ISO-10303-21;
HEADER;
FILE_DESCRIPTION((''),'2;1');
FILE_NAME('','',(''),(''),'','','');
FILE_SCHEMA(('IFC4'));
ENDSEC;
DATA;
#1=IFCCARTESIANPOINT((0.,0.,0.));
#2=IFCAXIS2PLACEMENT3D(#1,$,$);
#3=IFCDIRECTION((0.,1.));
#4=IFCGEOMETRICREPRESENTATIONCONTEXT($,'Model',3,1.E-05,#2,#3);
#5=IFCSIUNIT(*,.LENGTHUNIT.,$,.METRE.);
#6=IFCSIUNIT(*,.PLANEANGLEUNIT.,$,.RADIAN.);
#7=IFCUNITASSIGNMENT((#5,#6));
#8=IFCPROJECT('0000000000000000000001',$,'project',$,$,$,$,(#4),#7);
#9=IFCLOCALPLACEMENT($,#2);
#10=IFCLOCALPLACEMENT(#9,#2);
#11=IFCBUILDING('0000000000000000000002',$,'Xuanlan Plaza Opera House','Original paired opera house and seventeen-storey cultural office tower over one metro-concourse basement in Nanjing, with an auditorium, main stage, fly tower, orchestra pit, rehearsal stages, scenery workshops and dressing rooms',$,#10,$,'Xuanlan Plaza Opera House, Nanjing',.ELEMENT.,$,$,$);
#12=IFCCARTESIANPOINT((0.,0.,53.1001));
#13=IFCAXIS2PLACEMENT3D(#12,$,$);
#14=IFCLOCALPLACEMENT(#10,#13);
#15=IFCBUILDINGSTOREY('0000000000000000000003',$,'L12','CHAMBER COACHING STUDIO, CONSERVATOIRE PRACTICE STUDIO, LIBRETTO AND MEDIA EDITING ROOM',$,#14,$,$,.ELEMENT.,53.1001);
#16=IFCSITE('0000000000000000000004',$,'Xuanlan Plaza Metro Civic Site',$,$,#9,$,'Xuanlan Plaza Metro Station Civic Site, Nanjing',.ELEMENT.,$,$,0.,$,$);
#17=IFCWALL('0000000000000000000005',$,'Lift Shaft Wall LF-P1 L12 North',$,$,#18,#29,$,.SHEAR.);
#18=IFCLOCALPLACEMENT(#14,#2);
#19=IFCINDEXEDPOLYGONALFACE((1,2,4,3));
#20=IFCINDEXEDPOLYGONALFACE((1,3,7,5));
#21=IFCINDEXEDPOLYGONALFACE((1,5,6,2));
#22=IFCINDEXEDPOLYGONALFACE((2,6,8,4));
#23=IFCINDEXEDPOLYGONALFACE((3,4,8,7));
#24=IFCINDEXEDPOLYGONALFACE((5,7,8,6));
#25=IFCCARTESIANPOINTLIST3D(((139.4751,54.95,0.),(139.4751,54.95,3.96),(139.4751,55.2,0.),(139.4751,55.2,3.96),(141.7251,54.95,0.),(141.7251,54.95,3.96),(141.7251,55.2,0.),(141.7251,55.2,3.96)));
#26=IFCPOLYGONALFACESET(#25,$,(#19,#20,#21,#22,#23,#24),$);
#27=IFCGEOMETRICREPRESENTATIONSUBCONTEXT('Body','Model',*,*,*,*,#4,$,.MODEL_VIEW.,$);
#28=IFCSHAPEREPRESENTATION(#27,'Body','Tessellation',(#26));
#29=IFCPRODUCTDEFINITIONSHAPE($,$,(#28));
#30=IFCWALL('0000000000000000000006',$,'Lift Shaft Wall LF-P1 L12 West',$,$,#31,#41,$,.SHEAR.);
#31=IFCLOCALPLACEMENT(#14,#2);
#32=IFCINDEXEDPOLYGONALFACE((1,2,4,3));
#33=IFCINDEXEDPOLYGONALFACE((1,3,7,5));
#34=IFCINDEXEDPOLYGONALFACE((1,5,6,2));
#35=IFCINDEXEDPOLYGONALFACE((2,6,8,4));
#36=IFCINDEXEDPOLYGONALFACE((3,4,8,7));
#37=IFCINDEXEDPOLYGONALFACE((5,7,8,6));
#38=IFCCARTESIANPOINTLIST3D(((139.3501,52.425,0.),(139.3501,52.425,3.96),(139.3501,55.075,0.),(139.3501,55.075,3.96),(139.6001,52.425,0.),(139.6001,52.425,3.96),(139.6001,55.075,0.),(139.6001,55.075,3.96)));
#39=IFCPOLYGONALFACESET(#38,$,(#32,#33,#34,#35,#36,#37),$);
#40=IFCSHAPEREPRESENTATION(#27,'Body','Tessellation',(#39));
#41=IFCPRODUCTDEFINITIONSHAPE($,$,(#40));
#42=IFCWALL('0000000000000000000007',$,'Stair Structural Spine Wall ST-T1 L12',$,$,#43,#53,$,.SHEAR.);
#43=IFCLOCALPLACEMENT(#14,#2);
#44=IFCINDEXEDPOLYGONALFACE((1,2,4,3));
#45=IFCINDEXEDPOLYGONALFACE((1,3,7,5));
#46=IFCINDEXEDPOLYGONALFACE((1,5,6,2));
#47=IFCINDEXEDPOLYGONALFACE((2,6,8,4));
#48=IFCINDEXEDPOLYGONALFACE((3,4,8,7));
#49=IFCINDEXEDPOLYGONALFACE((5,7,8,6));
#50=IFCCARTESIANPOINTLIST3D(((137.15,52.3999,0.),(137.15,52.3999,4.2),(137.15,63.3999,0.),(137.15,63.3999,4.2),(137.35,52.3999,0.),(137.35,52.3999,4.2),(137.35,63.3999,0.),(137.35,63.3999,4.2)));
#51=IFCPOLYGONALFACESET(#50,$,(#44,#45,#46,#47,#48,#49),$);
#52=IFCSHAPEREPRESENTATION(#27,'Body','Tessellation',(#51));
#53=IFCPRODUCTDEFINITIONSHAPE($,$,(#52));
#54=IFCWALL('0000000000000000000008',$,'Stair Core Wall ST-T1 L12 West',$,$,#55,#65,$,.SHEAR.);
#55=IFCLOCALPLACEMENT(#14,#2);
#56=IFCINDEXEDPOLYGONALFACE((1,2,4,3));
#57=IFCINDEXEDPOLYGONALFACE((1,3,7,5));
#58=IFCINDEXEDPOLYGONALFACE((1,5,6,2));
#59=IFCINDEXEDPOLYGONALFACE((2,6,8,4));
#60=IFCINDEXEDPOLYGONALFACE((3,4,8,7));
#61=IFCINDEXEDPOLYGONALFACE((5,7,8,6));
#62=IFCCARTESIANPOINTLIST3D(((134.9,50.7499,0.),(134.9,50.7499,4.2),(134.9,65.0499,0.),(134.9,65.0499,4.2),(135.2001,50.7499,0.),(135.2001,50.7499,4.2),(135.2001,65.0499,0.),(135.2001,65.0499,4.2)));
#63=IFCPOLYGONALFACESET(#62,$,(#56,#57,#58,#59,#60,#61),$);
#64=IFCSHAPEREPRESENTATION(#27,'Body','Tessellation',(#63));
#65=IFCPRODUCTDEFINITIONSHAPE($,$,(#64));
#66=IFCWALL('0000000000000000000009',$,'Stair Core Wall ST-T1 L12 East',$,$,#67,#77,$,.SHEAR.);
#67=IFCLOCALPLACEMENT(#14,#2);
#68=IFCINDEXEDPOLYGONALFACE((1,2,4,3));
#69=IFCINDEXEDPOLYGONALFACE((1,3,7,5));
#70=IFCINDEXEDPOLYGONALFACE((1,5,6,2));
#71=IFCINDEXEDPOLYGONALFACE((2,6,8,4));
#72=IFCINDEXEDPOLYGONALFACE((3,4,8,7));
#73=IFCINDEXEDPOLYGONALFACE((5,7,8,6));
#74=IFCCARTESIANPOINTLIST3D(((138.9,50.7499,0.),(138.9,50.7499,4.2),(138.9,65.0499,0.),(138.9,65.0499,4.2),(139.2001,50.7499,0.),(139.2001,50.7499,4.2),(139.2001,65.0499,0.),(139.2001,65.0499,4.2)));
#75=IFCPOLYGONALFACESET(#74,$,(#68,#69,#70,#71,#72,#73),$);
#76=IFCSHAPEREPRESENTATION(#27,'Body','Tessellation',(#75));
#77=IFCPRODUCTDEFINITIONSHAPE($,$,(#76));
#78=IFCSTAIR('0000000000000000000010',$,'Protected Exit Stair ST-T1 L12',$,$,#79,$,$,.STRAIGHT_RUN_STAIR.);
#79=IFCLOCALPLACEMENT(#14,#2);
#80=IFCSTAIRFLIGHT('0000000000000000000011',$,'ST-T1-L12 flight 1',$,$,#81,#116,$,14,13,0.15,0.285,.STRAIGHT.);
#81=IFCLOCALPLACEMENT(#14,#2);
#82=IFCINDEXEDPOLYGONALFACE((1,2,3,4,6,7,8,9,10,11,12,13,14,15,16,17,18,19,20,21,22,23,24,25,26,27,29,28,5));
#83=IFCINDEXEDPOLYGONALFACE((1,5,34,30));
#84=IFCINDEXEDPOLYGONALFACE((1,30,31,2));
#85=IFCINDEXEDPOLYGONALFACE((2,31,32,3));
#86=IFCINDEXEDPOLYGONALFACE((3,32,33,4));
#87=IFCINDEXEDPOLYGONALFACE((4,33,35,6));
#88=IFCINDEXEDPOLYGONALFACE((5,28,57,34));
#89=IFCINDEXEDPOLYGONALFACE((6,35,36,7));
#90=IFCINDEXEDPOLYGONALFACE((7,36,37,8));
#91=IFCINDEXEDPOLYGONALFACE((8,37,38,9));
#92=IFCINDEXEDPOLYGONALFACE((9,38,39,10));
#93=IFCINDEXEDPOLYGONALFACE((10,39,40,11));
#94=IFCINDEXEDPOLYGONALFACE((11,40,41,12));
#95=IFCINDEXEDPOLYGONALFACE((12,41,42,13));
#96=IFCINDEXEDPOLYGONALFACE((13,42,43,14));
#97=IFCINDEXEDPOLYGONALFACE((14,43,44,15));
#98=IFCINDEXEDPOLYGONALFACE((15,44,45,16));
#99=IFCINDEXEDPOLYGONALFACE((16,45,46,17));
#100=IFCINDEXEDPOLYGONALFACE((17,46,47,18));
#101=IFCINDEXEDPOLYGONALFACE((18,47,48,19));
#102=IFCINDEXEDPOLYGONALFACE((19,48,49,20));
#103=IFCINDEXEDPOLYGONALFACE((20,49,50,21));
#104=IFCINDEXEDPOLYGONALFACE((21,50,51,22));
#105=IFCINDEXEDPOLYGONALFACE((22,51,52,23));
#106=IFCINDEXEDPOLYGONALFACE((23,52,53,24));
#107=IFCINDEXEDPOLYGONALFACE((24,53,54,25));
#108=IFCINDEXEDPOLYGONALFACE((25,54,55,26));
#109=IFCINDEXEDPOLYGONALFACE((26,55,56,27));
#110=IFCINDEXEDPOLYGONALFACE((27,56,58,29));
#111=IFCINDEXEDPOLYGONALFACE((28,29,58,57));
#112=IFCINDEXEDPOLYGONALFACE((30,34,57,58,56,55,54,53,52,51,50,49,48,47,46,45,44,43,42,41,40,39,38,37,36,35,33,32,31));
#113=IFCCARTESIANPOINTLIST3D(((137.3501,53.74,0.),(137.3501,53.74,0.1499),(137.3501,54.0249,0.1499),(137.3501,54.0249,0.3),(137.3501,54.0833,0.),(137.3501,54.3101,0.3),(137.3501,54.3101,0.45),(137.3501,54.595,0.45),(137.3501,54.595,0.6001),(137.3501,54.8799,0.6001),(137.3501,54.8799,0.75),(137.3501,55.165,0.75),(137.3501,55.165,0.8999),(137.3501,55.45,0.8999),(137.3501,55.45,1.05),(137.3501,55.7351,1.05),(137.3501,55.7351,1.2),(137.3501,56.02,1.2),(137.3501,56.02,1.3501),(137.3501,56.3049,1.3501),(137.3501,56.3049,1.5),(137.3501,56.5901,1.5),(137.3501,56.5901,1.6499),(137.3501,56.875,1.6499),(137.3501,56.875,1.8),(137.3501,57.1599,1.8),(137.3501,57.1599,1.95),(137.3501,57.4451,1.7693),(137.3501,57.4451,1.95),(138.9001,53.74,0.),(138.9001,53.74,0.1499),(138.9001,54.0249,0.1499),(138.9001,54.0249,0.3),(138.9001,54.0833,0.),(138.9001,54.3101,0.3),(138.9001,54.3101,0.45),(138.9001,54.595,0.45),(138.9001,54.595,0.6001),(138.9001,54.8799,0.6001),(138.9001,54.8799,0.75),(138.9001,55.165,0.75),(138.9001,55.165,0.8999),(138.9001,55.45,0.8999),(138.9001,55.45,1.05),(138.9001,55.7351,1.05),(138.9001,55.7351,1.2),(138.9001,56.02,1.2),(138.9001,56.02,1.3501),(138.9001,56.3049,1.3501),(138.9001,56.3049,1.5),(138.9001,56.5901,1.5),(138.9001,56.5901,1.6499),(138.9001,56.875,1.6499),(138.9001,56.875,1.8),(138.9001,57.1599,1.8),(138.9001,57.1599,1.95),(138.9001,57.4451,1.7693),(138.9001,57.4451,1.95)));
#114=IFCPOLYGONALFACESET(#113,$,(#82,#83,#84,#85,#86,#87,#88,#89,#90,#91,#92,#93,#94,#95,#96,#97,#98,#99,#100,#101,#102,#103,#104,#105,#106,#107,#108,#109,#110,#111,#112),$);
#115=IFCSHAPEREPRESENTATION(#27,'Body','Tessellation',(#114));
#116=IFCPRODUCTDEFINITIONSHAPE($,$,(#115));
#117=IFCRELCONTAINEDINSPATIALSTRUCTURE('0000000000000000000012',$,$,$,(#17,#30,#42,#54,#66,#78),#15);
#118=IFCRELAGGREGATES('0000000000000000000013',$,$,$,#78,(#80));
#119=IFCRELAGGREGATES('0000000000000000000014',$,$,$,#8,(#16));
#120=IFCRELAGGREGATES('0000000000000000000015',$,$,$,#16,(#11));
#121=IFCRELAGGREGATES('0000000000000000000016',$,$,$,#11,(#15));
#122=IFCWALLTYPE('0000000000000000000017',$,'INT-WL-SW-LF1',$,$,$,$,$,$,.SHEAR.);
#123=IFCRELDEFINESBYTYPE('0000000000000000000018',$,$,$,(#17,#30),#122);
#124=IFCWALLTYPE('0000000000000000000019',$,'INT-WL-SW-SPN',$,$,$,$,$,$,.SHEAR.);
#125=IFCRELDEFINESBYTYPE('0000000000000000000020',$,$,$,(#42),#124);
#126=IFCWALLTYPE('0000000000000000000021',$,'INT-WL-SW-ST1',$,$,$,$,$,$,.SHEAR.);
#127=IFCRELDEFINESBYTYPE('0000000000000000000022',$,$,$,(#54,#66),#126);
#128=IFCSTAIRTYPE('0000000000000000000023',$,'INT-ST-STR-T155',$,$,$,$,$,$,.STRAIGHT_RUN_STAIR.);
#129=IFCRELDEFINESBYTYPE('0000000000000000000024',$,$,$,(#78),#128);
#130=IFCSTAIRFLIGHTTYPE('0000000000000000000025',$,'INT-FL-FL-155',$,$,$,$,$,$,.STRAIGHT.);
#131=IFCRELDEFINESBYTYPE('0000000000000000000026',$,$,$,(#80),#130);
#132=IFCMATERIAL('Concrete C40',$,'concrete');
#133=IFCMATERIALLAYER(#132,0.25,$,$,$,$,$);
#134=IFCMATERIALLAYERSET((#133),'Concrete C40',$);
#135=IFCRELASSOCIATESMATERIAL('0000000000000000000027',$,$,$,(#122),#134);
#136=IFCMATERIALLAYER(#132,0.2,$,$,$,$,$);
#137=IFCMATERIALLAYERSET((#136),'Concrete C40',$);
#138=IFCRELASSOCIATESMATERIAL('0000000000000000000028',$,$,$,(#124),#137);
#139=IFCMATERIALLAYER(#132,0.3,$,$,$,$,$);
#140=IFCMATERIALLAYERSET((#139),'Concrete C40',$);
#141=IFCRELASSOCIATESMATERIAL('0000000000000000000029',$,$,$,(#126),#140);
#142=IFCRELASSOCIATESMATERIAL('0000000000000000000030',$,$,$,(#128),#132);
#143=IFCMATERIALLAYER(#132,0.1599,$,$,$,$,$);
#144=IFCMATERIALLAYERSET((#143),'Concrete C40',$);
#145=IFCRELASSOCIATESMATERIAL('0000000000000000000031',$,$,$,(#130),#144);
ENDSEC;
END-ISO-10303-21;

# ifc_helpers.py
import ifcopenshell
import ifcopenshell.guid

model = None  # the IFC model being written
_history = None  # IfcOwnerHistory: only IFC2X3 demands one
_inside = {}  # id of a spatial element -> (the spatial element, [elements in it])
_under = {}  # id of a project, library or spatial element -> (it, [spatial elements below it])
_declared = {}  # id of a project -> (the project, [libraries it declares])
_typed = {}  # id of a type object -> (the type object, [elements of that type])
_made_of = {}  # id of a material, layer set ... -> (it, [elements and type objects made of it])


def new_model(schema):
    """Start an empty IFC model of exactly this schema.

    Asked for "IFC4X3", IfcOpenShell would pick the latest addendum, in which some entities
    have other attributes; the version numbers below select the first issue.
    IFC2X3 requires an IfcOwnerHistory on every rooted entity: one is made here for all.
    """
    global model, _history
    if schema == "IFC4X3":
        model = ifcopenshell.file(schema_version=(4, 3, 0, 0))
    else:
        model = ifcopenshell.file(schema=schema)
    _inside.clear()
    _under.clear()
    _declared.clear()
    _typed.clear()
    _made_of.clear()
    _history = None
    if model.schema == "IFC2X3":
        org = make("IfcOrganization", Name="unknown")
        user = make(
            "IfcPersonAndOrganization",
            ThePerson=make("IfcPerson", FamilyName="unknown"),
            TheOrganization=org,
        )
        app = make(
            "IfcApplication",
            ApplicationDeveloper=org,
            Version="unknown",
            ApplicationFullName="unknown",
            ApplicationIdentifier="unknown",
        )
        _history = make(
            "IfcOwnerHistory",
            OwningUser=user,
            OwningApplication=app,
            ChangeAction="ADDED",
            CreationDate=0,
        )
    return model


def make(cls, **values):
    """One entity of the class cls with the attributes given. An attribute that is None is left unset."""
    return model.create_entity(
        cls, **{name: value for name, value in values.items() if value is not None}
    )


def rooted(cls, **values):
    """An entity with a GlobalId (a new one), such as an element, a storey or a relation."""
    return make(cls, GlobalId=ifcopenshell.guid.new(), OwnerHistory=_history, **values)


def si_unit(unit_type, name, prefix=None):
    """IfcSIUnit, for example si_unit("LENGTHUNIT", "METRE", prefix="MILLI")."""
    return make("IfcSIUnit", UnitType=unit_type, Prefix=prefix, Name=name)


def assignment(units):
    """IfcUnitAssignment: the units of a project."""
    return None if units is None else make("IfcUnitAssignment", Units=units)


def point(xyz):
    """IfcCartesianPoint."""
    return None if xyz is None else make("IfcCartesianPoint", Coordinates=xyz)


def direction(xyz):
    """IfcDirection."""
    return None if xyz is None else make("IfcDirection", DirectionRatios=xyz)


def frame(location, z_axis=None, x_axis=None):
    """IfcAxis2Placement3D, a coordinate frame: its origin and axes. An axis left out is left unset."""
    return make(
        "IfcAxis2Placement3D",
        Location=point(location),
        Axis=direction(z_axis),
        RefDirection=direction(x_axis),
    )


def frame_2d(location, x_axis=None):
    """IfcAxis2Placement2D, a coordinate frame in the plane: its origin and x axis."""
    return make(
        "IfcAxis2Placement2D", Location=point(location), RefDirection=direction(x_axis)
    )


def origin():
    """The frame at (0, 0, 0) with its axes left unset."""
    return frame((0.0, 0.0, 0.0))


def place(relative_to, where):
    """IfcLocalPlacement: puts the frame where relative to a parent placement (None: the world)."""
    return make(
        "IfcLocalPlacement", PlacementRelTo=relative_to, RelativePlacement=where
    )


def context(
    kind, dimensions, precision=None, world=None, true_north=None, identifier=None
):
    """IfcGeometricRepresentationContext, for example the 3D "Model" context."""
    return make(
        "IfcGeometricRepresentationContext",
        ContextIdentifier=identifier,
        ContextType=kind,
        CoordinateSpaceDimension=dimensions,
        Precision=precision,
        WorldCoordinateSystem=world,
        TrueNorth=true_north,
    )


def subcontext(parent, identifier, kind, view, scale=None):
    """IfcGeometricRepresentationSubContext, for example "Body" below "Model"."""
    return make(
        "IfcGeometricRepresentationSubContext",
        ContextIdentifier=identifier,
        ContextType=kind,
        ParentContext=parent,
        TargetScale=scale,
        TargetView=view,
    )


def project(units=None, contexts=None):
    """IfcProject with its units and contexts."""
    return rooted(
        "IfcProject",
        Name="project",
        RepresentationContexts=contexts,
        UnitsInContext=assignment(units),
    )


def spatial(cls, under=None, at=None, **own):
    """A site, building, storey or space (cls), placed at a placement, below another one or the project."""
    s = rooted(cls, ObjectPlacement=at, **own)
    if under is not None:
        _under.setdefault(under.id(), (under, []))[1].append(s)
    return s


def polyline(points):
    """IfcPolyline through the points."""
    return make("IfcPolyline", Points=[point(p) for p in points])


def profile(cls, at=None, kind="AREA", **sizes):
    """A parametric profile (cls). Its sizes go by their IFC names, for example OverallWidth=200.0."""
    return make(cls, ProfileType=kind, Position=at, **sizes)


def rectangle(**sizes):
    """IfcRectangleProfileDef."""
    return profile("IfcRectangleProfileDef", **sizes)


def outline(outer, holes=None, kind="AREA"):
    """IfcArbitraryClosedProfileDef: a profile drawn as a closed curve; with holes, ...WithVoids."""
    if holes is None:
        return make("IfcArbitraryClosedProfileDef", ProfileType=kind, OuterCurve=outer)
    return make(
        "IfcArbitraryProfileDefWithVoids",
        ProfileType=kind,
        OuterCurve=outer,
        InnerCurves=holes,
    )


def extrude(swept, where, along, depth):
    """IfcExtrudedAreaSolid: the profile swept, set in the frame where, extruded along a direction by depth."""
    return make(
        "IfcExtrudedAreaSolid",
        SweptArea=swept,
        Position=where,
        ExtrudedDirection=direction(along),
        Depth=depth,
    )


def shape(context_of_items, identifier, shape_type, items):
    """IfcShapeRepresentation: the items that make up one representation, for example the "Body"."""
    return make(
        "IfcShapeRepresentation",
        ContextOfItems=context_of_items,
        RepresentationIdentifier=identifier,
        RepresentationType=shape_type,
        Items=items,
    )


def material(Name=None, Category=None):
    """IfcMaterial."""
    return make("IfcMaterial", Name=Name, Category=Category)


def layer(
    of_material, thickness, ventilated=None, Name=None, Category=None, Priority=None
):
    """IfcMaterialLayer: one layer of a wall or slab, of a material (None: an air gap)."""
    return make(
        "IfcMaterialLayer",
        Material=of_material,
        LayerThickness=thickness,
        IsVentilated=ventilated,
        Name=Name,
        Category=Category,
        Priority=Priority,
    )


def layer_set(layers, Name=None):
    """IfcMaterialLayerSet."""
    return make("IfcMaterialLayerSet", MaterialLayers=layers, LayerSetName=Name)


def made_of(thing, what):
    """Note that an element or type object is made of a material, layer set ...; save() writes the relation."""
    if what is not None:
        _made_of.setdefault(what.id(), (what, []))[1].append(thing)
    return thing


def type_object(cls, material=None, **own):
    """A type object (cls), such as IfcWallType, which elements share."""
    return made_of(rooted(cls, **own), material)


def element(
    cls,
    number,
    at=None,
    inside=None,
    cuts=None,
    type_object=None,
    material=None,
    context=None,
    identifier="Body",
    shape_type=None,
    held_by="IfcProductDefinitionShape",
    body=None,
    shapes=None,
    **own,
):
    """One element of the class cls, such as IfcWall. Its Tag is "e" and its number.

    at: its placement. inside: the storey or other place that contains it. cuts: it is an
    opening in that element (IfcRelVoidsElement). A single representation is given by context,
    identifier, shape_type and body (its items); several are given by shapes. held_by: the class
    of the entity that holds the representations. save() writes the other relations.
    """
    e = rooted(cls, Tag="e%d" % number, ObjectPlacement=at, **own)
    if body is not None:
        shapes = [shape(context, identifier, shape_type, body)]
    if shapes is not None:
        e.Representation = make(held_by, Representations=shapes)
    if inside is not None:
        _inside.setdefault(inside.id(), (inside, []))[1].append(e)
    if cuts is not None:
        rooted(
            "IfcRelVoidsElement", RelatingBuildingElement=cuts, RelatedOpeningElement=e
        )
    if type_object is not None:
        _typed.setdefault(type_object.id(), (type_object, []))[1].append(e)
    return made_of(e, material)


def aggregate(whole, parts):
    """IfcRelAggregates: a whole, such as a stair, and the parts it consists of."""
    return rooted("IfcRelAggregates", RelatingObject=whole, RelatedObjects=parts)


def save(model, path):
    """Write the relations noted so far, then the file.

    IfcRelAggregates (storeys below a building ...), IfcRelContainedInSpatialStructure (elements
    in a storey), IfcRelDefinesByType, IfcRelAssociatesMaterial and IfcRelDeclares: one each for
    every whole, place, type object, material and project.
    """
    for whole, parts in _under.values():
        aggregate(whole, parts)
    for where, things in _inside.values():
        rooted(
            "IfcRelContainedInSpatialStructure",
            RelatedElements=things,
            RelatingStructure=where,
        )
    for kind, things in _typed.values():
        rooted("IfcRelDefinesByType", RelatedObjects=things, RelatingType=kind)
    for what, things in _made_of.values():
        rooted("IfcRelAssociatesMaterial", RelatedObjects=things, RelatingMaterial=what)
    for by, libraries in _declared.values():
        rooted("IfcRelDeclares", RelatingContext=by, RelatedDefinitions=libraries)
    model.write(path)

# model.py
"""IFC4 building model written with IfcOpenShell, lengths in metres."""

from ifc_helpers import new_model, si_unit, direction, frame, frame_2d, origin, place, context, subcontext, project, spatial, polyline, rectangle, outline, extrude, material, layer, layer_set, type_object, element, aggregate, save


model = new_model("IFC4")

# Units and contexts
model_context = context("Model", 3, precision=1e-05, world=origin(), true_north=direction((0.0, 1.0)))
body_context = subcontext(model_context, "Body", "Model", "MODEL_VIEW")
ifc_project = project(units=[si_unit("LENGTHUNIT", "METRE"), si_unit("PLANEANGLEUNIT", "RADIAN")], contexts=[model_context])

# Site, building, storey
site_placement = place(None, origin())
site = spatial("IfcSite", under=ifc_project, at=site_placement, Name="Xuanlan Plaza Metro Civic Site", LongName="Xuanlan Plaza Metro Station Civic Site, Nanjing", CompositionType="ELEMENT", RefElevation=0.0)
building_placement = place(site_placement, origin())
building = spatial("IfcBuilding", under=site, at=building_placement, Name="Xuanlan Plaza Opera House", Description="Original paired opera house and seventeen-storey cultural office tower over one metro-concourse basement in Nanjing, with an auditorium, main stage, fly tower, orchestra pit, rehearsal stages, scenery workshops and dressing rooms", LongName="Xuanlan Plaza Opera House, Nanjing", CompositionType="ELEMENT")
storey_placement = place(building_placement, frame((0.0, 0.0, 53.1001)))
storey = spatial("IfcBuildingStorey", under=building, at=storey_placement, Name="L12", Description="CHAMBER COACHING STUDIO, CONSERVATOIRE PRACTICE STUDIO, LIBRETTO AND MEDIA EDITING ROOM", CompositionType="ELEMENT", Elevation=53.1001)

# Shared definitions
ifc_material_1 = material(Name="Concrete C40", Category="concrete")

# Shared definitions
ifc_layer_1 = layer(ifc_material_1, 0.25)
ifc_layer_set_1 = layer_set([ifc_layer_1], Name="Concrete C40")
wall_type_1 = type_object("IfcWallType", Name="INT-WL-SW-LF1", PredefinedType="SHEAR", material=ifc_layer_set_1)

# Walls
wall_1_placement = place(storey_placement, frame((139.4751, 55.075, 0.0), z_axis=(0.0, 0.0, 1.0), x_axis=(1.0, 0.0, 0.0)))
element("IfcWall", 1, at=wall_1_placement, inside=storey, type_object=wall_type_1, Name="Lift Shaft Wall LF-P1 L12 North", PredefinedType="SHEAR", context=body_context, shape_type="SweptSolid", body=[
    extrude(rectangle(XDim=2.25, YDim=0.25, at=frame_2d((1.125, 0.0))), origin(), (0.0, 0.0, 1.0), 3.96),
])
wall_2_placement = place(storey_placement, frame((139.4751, 52.425, 0.0), z_axis=(0.0, 0.0, 1.0), x_axis=(0.0, 1.0, 0.0)))
element("IfcWall", 2, at=wall_2_placement, inside=storey, type_object=wall_type_1, Name="Lift Shaft Wall LF-P1 L12 West", PredefinedType="SHEAR", context=body_context, shape_type="SweptSolid", body=[
    extrude(rectangle(XDim=2.6499, YDim=0.25, at=frame_2d((1.325, 0.0))), origin(), (0.0, 0.0, 1.0), 3.96),
])
ifc_layer_2 = layer(ifc_material_1, 0.2)
ifc_layer_set_2 = layer_set([ifc_layer_2], Name="Concrete C40")
wall_type_2 = type_object("IfcWallType", Name="INT-WL-SW-SPN", PredefinedType="SHEAR", material=ifc_layer_set_2)
wall_3_placement = place(storey_placement, frame((137.25, 52.3999, 0.0), z_axis=(0.0, 0.0, 1.0), x_axis=(0.0, 1.0, 0.0)))
element("IfcWall", 3, at=wall_3_placement, inside=storey, type_object=wall_type_2, Name="Stair Structural Spine Wall ST-T1 L12", PredefinedType="SHEAR", context=body_context, shape_type="SweptSolid", body=[
    extrude(rectangle(XDim=11.0, YDim=0.2, at=frame_2d((5.5, 0.0))), origin(), (0.0, 0.0, 1.0), 4.2),
])

# Shared definitions
ifc_layer_3 = layer(ifc_material_1, 0.3)
ifc_layer_set_3 = layer_set([ifc_layer_3], Name="Concrete C40")
wall_type_3 = type_object("IfcWallType", Name="INT-WL-SW-ST1", PredefinedType="SHEAR", material=ifc_layer_set_3)

# Walls
for number, where, z_axis, x_axis, name in (
    (4, (135.05, 50.75, 0.0), (0.0, 0.0, 1.0), (0.0, 1.0, 0.0), "Stair Core Wall ST-T1 L12 West"),
    (5, (139.05, 50.75, 0.0), (0.0, 0.0, 1.0), (0.0, 1.0, 0.0), "Stair Core Wall ST-T1 L12 East"),
):
    element("IfcWall", number, at=place(storey_placement, frame(where, z_axis=z_axis, x_axis=x_axis)), inside=storey, type_object=wall_type_3, Name=name, PredefinedType="SHEAR", context=body_context, shape_type="SweptSolid", body=[
        extrude(rectangle(XDim=14.3, YDim=0.3, at=frame_2d((7.1499, 0.0))), origin(), (0.0, 0.0, 1.0), 4.2),
    ])

# Stair, stair flight
stair_type = type_object("IfcStairType", Name="INT-ST-STR-T155", PredefinedType="STRAIGHT_RUN_STAIR", material=ifc_material_1)
stair_placement = place(storey_placement, origin())
stair = element("IfcStair", 6, at=stair_placement, inside=storey, type_object=stair_type, Name="Protected Exit Stair ST-T1 L12", PredefinedType="STRAIGHT_RUN_STAIR")
ifc_layer_4 = layer(ifc_material_1, 0.1599)
ifc_layer_set_4 = layer_set([ifc_layer_4], Name="Concrete C40")
stair_flight_type = type_object("IfcStairFlightType", Name="INT-FL-FL-155", PredefinedType="STRAIGHT", material=ifc_layer_set_4)
stair_flight_placement = place(storey_placement, frame((138.125, 53.74, 0.0), z_axis=(0.0, 0.0, 1.0), x_axis=(0.0, 1.0, 0.0)))
stair_flight = element("IfcStairFlight", 7, at=stair_flight_placement, type_object=stair_flight_type, Name="ST-T1-L12 flight 1", NumberOfRisers=14, NumberOfTreads=13, PredefinedType="STRAIGHT", RiserHeight=0.15, TreadLength=0.285, context=body_context, shape_type="SweptSolid", body=[
    extrude(outline(polyline([(0.0, 0.0), (0.0, 0.1499), (0.2849, 0.1499), (0.2849, 0.3), (0.5701, 0.3), (0.5701, 0.45), (0.855, 0.45), (0.855, 0.6001), (1.1399, 0.6001), (1.1399, 0.75), (1.425, 0.75), (1.425, 0.8999), (1.71, 0.8999), (1.71, 1.05), (1.9951, 1.05), (1.9951, 1.2), (2.28, 1.2), (2.28, 1.3501), (2.5649, 1.3501), (2.5649, 1.5), (2.8501, 1.5), (2.8501, 1.6499), (3.135, 1.6499), (3.135, 1.8), (3.4199, 1.8), (3.4199, 1.95), (3.7051, 1.95), (3.7051, 2.1001), (3.7051, 1.7693), (0.3433, 0.0), (0.0, 0.0)])), frame((0.0, 0.7749, 0.0), z_axis=(0.0, -1.0, 0.0), x_axis=(1.0, 0.0, 0.0)), (0.0, 0.0, 1.0), 1.55),
])
aggregate(stair, [stair_flight])

save(model, "model.ifc")
